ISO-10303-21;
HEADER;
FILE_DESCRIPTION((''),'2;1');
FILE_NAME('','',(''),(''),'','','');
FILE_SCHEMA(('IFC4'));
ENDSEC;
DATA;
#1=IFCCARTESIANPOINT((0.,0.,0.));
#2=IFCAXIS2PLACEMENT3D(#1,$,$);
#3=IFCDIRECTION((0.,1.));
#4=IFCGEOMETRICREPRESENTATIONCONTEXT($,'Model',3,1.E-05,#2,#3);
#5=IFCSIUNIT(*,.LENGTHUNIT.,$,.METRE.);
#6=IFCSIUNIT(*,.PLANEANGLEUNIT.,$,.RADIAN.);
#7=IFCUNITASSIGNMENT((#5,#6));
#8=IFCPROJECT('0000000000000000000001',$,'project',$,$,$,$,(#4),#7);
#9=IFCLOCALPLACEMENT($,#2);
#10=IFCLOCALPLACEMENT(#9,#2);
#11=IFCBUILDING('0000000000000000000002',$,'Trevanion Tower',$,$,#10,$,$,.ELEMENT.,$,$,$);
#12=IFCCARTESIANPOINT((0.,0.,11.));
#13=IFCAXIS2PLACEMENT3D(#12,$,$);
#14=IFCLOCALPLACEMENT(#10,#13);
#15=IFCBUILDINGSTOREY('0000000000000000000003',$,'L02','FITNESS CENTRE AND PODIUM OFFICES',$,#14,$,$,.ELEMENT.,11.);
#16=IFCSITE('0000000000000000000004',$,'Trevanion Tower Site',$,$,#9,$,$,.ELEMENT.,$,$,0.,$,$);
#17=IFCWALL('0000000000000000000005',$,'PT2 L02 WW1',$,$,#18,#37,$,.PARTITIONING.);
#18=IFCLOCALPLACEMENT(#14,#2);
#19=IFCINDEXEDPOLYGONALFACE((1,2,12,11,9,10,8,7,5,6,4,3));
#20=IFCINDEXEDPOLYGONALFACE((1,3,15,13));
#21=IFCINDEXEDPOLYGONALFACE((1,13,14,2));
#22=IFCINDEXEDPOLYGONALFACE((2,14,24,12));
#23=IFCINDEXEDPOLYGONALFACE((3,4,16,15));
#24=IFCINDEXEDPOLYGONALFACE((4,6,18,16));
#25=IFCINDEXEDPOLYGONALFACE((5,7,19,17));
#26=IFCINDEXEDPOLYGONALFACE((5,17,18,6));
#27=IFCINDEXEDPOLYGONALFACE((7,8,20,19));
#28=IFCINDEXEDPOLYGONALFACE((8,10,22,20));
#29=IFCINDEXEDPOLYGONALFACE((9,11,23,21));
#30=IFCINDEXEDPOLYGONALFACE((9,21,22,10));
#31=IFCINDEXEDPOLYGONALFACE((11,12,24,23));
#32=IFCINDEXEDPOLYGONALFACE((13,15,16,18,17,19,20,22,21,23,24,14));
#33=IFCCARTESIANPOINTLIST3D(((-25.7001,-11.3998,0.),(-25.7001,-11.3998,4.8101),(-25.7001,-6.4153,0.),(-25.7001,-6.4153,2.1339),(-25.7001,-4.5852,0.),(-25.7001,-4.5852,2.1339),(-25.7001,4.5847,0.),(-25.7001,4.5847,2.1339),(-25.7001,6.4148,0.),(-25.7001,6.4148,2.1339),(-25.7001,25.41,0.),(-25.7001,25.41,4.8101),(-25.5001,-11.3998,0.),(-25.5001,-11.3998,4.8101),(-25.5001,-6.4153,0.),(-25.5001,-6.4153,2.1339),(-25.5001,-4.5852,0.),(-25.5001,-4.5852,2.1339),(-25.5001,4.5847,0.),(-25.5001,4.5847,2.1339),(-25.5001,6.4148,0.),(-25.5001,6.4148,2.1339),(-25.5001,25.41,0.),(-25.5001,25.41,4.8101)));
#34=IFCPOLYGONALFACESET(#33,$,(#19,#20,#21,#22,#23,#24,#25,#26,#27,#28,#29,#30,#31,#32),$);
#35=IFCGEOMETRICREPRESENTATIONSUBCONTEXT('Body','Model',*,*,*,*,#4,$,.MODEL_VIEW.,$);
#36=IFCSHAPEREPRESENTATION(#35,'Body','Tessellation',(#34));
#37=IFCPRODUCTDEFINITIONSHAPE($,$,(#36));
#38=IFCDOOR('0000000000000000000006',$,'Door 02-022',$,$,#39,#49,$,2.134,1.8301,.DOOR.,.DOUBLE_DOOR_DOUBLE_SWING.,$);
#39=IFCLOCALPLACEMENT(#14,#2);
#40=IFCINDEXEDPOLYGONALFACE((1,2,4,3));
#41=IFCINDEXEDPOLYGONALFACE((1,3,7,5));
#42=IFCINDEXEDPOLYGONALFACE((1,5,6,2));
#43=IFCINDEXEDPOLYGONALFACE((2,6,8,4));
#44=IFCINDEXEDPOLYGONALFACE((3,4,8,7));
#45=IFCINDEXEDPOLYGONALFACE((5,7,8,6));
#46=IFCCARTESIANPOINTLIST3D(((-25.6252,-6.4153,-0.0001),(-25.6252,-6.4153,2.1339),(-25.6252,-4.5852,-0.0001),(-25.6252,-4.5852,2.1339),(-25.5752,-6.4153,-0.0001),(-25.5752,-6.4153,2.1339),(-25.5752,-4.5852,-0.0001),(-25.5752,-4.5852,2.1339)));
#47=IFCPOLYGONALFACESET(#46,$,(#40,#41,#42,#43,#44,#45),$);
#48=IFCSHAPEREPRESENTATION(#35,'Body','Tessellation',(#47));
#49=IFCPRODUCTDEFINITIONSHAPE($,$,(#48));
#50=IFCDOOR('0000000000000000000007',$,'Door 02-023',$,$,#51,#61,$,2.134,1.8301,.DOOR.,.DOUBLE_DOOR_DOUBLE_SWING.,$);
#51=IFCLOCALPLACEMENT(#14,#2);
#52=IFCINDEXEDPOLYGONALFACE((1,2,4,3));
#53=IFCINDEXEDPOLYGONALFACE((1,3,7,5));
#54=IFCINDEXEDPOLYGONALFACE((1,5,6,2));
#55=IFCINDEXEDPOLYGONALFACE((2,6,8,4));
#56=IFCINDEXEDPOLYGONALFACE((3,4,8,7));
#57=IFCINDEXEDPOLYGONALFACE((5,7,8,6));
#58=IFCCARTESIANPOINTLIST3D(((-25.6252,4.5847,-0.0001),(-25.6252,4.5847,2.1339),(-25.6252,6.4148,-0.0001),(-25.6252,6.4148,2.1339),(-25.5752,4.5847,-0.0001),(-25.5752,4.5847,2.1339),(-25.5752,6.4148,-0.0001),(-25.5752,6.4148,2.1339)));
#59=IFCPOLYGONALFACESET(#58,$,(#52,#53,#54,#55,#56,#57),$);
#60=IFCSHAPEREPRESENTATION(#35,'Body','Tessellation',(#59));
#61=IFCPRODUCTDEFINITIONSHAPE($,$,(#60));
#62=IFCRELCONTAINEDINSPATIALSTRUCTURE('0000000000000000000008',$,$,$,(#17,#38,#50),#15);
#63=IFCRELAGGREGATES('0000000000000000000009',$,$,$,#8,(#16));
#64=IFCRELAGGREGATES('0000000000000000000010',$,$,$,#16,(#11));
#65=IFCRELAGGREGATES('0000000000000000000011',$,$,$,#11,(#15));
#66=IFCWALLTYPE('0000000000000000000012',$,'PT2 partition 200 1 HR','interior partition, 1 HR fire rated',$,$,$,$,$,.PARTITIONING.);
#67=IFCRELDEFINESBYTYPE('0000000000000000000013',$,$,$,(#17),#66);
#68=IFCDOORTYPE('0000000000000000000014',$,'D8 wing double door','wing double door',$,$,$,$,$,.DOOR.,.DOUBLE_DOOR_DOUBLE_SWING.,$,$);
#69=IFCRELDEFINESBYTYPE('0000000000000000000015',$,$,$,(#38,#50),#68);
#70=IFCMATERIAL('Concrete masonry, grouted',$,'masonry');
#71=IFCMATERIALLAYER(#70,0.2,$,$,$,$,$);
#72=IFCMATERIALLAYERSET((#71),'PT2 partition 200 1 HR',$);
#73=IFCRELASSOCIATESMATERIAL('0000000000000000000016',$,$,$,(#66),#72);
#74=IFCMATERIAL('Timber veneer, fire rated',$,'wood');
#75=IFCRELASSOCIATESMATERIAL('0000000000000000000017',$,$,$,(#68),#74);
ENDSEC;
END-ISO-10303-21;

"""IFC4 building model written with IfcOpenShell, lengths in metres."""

from ifc_helpers import new_model, si_unit, direction, frame, frame_2d, origin, place, context, subcontext, project, spatial, rectangle, extrude, material, layer, layer_set, type_object, element, fill, save


model = new_model("IFC4")

# Units and contexts
model_context = context("Model", 3, precision=1e-05, world=origin(), true_north=direction((0.0, 1.0)))
body_context = subcontext(model_context, "Body", "Model", "MODEL_VIEW")
ifc_project = project(units=[si_unit("LENGTHUNIT", "METRE"), si_unit("PLANEANGLEUNIT", "RADIAN")], contexts=[model_context])

# Site, building, storey
site_placement = place(None, origin())
site = spatial("IfcSite", under=ifc_project, at=site_placement, Name="Trevanion Tower Site", CompositionType="ELEMENT", RefElevation=0.0)
building_placement = place(site_placement, origin())
building = spatial("IfcBuilding", under=site, at=building_placement, Name="Trevanion Tower", CompositionType="ELEMENT")
storey_placement = place(building_placement, frame((0.0, 0.0, 11.0)))
storey = spatial("IfcBuildingStorey", under=building, at=storey_placement, Name="L02", Description="FITNESS CENTRE AND PODIUM OFFICES", CompositionType="ELEMENT", Elevation=11.0)

# Wall, openings, doors
ifc_material_1 = material(Name="Concrete masonry, grouted", Category="masonry")
ifc_layer = layer(ifc_material_1, 0.2)
ifc_layer_set = layer_set([ifc_layer], Name="PT2 partition 200 1 HR")
wall_type = type_object("IfcWallType", Name="PT2 partition 200 1 HR", Description="interior partition, 1 HR fire rated", PredefinedType="PARTITIONING", material=ifc_layer_set)
wall_placement = place(storey_placement, frame((-25.6001, 25.4099, 0.0), z_axis=(0.0, 0.0, 1.0), x_axis=(0.0, -1.0, 0.0)))
wall = element("IfcWall", 1, at=wall_placement, inside=storey, type_object=wall_type, Name="PT2 L02 WW1", PredefinedType="PARTITIONING", context=body_context, shape_type="SweptSolid", body=[
    extrude(rectangle(XDim=36.8098, YDim=0.2, at=frame_2d((18.4048, 0.0))), origin(), (0.0, 0.0, 1.0), 4.8101),
])
opening_1_placement = place(wall_placement, frame((29.9951, 0.0, 0.0)))
opening_1 = element("IfcOpeningElement", 2, at=opening_1_placement, cuts=wall, PredefinedType="OPENING", context=body_context, shape_type="SweptSolid", body=[
    extrude(rectangle(XDim=1.8301, YDim=2.134, at=frame_2d((0.915, 1.0669))), frame((0.0, 0.1099, 0.0), z_axis=(0.0, -1.0, 0.0), x_axis=(1.0, 0.0, 0.0)), (0.0, 0.0, 1.0), 0.22),
])
opening_2_placement = place(wall_placement, frame((18.9951, 0.0, 0.0)))
opening_2 = element("IfcOpeningElement", 3, at=opening_2_placement, cuts=wall, PredefinedType="OPENING", context=body_context, shape_type="SweptSolid", body=[
    extrude(rectangle(XDim=1.8301, YDim=2.134, at=frame_2d((0.915, 1.0669))), frame((0.0, 0.1099, 0.0), z_axis=(0.0, -1.0, 0.0), x_axis=(1.0, 0.0, 0.0)), (0.0, 0.0, 1.0), 0.22),
])
ifc_material_2 = material(Name="Timber veneer, fire rated", Category="wood")
door_type = type_object("IfcDoorType", Name="D8 wing double door", Description="wing double door", OperationType="DOUBLE_DOOR_DOUBLE_SWING", PredefinedType="DOOR", material=ifc_material_2)
door_1_placement = place(opening_1_placement, origin())
door_1 = element("IfcDoor", 4, at=door_1_placement, inside=storey, type_object=door_type, Name="Door 02-022", OperationType="DOUBLE_DOOR_DOUBLE_SWING", OverallHeight=2.134, OverallWidth=1.8301, PredefinedType="DOOR", context=body_context, shape_type="SweptSolid", body=[
    extrude(rectangle(XDim=1.8301, YDim=2.134, at=frame_2d((0.915, 1.0669))), frame((0.0, 0.0249, 0.0), z_axis=(0.0, -1.0, 0.0), x_axis=(1.0, 0.0, 0.0)), (0.0, 0.0, 1.0), 0.05),
])
fill(opening_1, door_1)
door_2_placement = place(opening_2_placement, origin())
door_2 = element("IfcDoor", 5, at=door_2_placement, inside=storey, type_object=door_type, Name="Door 02-023", OperationType="DOUBLE_DOOR_DOUBLE_SWING", OverallHeight=2.134, OverallWidth=1.8301, PredefinedType="DOOR", context=body_context, shape_type="SweptSolid", body=[
    extrude(rectangle(XDim=1.8301, YDim=2.134, at=frame_2d((0.915, 1.0669))), frame((0.0, 0.0249, 0.0), z_axis=(0.0, -1.0, 0.0), x_axis=(1.0, 0.0, 0.0)), (0.0, 0.0, 1.0), 0.05),
])
fill(opening_2, door_2)

save(model, "model.ifc")
